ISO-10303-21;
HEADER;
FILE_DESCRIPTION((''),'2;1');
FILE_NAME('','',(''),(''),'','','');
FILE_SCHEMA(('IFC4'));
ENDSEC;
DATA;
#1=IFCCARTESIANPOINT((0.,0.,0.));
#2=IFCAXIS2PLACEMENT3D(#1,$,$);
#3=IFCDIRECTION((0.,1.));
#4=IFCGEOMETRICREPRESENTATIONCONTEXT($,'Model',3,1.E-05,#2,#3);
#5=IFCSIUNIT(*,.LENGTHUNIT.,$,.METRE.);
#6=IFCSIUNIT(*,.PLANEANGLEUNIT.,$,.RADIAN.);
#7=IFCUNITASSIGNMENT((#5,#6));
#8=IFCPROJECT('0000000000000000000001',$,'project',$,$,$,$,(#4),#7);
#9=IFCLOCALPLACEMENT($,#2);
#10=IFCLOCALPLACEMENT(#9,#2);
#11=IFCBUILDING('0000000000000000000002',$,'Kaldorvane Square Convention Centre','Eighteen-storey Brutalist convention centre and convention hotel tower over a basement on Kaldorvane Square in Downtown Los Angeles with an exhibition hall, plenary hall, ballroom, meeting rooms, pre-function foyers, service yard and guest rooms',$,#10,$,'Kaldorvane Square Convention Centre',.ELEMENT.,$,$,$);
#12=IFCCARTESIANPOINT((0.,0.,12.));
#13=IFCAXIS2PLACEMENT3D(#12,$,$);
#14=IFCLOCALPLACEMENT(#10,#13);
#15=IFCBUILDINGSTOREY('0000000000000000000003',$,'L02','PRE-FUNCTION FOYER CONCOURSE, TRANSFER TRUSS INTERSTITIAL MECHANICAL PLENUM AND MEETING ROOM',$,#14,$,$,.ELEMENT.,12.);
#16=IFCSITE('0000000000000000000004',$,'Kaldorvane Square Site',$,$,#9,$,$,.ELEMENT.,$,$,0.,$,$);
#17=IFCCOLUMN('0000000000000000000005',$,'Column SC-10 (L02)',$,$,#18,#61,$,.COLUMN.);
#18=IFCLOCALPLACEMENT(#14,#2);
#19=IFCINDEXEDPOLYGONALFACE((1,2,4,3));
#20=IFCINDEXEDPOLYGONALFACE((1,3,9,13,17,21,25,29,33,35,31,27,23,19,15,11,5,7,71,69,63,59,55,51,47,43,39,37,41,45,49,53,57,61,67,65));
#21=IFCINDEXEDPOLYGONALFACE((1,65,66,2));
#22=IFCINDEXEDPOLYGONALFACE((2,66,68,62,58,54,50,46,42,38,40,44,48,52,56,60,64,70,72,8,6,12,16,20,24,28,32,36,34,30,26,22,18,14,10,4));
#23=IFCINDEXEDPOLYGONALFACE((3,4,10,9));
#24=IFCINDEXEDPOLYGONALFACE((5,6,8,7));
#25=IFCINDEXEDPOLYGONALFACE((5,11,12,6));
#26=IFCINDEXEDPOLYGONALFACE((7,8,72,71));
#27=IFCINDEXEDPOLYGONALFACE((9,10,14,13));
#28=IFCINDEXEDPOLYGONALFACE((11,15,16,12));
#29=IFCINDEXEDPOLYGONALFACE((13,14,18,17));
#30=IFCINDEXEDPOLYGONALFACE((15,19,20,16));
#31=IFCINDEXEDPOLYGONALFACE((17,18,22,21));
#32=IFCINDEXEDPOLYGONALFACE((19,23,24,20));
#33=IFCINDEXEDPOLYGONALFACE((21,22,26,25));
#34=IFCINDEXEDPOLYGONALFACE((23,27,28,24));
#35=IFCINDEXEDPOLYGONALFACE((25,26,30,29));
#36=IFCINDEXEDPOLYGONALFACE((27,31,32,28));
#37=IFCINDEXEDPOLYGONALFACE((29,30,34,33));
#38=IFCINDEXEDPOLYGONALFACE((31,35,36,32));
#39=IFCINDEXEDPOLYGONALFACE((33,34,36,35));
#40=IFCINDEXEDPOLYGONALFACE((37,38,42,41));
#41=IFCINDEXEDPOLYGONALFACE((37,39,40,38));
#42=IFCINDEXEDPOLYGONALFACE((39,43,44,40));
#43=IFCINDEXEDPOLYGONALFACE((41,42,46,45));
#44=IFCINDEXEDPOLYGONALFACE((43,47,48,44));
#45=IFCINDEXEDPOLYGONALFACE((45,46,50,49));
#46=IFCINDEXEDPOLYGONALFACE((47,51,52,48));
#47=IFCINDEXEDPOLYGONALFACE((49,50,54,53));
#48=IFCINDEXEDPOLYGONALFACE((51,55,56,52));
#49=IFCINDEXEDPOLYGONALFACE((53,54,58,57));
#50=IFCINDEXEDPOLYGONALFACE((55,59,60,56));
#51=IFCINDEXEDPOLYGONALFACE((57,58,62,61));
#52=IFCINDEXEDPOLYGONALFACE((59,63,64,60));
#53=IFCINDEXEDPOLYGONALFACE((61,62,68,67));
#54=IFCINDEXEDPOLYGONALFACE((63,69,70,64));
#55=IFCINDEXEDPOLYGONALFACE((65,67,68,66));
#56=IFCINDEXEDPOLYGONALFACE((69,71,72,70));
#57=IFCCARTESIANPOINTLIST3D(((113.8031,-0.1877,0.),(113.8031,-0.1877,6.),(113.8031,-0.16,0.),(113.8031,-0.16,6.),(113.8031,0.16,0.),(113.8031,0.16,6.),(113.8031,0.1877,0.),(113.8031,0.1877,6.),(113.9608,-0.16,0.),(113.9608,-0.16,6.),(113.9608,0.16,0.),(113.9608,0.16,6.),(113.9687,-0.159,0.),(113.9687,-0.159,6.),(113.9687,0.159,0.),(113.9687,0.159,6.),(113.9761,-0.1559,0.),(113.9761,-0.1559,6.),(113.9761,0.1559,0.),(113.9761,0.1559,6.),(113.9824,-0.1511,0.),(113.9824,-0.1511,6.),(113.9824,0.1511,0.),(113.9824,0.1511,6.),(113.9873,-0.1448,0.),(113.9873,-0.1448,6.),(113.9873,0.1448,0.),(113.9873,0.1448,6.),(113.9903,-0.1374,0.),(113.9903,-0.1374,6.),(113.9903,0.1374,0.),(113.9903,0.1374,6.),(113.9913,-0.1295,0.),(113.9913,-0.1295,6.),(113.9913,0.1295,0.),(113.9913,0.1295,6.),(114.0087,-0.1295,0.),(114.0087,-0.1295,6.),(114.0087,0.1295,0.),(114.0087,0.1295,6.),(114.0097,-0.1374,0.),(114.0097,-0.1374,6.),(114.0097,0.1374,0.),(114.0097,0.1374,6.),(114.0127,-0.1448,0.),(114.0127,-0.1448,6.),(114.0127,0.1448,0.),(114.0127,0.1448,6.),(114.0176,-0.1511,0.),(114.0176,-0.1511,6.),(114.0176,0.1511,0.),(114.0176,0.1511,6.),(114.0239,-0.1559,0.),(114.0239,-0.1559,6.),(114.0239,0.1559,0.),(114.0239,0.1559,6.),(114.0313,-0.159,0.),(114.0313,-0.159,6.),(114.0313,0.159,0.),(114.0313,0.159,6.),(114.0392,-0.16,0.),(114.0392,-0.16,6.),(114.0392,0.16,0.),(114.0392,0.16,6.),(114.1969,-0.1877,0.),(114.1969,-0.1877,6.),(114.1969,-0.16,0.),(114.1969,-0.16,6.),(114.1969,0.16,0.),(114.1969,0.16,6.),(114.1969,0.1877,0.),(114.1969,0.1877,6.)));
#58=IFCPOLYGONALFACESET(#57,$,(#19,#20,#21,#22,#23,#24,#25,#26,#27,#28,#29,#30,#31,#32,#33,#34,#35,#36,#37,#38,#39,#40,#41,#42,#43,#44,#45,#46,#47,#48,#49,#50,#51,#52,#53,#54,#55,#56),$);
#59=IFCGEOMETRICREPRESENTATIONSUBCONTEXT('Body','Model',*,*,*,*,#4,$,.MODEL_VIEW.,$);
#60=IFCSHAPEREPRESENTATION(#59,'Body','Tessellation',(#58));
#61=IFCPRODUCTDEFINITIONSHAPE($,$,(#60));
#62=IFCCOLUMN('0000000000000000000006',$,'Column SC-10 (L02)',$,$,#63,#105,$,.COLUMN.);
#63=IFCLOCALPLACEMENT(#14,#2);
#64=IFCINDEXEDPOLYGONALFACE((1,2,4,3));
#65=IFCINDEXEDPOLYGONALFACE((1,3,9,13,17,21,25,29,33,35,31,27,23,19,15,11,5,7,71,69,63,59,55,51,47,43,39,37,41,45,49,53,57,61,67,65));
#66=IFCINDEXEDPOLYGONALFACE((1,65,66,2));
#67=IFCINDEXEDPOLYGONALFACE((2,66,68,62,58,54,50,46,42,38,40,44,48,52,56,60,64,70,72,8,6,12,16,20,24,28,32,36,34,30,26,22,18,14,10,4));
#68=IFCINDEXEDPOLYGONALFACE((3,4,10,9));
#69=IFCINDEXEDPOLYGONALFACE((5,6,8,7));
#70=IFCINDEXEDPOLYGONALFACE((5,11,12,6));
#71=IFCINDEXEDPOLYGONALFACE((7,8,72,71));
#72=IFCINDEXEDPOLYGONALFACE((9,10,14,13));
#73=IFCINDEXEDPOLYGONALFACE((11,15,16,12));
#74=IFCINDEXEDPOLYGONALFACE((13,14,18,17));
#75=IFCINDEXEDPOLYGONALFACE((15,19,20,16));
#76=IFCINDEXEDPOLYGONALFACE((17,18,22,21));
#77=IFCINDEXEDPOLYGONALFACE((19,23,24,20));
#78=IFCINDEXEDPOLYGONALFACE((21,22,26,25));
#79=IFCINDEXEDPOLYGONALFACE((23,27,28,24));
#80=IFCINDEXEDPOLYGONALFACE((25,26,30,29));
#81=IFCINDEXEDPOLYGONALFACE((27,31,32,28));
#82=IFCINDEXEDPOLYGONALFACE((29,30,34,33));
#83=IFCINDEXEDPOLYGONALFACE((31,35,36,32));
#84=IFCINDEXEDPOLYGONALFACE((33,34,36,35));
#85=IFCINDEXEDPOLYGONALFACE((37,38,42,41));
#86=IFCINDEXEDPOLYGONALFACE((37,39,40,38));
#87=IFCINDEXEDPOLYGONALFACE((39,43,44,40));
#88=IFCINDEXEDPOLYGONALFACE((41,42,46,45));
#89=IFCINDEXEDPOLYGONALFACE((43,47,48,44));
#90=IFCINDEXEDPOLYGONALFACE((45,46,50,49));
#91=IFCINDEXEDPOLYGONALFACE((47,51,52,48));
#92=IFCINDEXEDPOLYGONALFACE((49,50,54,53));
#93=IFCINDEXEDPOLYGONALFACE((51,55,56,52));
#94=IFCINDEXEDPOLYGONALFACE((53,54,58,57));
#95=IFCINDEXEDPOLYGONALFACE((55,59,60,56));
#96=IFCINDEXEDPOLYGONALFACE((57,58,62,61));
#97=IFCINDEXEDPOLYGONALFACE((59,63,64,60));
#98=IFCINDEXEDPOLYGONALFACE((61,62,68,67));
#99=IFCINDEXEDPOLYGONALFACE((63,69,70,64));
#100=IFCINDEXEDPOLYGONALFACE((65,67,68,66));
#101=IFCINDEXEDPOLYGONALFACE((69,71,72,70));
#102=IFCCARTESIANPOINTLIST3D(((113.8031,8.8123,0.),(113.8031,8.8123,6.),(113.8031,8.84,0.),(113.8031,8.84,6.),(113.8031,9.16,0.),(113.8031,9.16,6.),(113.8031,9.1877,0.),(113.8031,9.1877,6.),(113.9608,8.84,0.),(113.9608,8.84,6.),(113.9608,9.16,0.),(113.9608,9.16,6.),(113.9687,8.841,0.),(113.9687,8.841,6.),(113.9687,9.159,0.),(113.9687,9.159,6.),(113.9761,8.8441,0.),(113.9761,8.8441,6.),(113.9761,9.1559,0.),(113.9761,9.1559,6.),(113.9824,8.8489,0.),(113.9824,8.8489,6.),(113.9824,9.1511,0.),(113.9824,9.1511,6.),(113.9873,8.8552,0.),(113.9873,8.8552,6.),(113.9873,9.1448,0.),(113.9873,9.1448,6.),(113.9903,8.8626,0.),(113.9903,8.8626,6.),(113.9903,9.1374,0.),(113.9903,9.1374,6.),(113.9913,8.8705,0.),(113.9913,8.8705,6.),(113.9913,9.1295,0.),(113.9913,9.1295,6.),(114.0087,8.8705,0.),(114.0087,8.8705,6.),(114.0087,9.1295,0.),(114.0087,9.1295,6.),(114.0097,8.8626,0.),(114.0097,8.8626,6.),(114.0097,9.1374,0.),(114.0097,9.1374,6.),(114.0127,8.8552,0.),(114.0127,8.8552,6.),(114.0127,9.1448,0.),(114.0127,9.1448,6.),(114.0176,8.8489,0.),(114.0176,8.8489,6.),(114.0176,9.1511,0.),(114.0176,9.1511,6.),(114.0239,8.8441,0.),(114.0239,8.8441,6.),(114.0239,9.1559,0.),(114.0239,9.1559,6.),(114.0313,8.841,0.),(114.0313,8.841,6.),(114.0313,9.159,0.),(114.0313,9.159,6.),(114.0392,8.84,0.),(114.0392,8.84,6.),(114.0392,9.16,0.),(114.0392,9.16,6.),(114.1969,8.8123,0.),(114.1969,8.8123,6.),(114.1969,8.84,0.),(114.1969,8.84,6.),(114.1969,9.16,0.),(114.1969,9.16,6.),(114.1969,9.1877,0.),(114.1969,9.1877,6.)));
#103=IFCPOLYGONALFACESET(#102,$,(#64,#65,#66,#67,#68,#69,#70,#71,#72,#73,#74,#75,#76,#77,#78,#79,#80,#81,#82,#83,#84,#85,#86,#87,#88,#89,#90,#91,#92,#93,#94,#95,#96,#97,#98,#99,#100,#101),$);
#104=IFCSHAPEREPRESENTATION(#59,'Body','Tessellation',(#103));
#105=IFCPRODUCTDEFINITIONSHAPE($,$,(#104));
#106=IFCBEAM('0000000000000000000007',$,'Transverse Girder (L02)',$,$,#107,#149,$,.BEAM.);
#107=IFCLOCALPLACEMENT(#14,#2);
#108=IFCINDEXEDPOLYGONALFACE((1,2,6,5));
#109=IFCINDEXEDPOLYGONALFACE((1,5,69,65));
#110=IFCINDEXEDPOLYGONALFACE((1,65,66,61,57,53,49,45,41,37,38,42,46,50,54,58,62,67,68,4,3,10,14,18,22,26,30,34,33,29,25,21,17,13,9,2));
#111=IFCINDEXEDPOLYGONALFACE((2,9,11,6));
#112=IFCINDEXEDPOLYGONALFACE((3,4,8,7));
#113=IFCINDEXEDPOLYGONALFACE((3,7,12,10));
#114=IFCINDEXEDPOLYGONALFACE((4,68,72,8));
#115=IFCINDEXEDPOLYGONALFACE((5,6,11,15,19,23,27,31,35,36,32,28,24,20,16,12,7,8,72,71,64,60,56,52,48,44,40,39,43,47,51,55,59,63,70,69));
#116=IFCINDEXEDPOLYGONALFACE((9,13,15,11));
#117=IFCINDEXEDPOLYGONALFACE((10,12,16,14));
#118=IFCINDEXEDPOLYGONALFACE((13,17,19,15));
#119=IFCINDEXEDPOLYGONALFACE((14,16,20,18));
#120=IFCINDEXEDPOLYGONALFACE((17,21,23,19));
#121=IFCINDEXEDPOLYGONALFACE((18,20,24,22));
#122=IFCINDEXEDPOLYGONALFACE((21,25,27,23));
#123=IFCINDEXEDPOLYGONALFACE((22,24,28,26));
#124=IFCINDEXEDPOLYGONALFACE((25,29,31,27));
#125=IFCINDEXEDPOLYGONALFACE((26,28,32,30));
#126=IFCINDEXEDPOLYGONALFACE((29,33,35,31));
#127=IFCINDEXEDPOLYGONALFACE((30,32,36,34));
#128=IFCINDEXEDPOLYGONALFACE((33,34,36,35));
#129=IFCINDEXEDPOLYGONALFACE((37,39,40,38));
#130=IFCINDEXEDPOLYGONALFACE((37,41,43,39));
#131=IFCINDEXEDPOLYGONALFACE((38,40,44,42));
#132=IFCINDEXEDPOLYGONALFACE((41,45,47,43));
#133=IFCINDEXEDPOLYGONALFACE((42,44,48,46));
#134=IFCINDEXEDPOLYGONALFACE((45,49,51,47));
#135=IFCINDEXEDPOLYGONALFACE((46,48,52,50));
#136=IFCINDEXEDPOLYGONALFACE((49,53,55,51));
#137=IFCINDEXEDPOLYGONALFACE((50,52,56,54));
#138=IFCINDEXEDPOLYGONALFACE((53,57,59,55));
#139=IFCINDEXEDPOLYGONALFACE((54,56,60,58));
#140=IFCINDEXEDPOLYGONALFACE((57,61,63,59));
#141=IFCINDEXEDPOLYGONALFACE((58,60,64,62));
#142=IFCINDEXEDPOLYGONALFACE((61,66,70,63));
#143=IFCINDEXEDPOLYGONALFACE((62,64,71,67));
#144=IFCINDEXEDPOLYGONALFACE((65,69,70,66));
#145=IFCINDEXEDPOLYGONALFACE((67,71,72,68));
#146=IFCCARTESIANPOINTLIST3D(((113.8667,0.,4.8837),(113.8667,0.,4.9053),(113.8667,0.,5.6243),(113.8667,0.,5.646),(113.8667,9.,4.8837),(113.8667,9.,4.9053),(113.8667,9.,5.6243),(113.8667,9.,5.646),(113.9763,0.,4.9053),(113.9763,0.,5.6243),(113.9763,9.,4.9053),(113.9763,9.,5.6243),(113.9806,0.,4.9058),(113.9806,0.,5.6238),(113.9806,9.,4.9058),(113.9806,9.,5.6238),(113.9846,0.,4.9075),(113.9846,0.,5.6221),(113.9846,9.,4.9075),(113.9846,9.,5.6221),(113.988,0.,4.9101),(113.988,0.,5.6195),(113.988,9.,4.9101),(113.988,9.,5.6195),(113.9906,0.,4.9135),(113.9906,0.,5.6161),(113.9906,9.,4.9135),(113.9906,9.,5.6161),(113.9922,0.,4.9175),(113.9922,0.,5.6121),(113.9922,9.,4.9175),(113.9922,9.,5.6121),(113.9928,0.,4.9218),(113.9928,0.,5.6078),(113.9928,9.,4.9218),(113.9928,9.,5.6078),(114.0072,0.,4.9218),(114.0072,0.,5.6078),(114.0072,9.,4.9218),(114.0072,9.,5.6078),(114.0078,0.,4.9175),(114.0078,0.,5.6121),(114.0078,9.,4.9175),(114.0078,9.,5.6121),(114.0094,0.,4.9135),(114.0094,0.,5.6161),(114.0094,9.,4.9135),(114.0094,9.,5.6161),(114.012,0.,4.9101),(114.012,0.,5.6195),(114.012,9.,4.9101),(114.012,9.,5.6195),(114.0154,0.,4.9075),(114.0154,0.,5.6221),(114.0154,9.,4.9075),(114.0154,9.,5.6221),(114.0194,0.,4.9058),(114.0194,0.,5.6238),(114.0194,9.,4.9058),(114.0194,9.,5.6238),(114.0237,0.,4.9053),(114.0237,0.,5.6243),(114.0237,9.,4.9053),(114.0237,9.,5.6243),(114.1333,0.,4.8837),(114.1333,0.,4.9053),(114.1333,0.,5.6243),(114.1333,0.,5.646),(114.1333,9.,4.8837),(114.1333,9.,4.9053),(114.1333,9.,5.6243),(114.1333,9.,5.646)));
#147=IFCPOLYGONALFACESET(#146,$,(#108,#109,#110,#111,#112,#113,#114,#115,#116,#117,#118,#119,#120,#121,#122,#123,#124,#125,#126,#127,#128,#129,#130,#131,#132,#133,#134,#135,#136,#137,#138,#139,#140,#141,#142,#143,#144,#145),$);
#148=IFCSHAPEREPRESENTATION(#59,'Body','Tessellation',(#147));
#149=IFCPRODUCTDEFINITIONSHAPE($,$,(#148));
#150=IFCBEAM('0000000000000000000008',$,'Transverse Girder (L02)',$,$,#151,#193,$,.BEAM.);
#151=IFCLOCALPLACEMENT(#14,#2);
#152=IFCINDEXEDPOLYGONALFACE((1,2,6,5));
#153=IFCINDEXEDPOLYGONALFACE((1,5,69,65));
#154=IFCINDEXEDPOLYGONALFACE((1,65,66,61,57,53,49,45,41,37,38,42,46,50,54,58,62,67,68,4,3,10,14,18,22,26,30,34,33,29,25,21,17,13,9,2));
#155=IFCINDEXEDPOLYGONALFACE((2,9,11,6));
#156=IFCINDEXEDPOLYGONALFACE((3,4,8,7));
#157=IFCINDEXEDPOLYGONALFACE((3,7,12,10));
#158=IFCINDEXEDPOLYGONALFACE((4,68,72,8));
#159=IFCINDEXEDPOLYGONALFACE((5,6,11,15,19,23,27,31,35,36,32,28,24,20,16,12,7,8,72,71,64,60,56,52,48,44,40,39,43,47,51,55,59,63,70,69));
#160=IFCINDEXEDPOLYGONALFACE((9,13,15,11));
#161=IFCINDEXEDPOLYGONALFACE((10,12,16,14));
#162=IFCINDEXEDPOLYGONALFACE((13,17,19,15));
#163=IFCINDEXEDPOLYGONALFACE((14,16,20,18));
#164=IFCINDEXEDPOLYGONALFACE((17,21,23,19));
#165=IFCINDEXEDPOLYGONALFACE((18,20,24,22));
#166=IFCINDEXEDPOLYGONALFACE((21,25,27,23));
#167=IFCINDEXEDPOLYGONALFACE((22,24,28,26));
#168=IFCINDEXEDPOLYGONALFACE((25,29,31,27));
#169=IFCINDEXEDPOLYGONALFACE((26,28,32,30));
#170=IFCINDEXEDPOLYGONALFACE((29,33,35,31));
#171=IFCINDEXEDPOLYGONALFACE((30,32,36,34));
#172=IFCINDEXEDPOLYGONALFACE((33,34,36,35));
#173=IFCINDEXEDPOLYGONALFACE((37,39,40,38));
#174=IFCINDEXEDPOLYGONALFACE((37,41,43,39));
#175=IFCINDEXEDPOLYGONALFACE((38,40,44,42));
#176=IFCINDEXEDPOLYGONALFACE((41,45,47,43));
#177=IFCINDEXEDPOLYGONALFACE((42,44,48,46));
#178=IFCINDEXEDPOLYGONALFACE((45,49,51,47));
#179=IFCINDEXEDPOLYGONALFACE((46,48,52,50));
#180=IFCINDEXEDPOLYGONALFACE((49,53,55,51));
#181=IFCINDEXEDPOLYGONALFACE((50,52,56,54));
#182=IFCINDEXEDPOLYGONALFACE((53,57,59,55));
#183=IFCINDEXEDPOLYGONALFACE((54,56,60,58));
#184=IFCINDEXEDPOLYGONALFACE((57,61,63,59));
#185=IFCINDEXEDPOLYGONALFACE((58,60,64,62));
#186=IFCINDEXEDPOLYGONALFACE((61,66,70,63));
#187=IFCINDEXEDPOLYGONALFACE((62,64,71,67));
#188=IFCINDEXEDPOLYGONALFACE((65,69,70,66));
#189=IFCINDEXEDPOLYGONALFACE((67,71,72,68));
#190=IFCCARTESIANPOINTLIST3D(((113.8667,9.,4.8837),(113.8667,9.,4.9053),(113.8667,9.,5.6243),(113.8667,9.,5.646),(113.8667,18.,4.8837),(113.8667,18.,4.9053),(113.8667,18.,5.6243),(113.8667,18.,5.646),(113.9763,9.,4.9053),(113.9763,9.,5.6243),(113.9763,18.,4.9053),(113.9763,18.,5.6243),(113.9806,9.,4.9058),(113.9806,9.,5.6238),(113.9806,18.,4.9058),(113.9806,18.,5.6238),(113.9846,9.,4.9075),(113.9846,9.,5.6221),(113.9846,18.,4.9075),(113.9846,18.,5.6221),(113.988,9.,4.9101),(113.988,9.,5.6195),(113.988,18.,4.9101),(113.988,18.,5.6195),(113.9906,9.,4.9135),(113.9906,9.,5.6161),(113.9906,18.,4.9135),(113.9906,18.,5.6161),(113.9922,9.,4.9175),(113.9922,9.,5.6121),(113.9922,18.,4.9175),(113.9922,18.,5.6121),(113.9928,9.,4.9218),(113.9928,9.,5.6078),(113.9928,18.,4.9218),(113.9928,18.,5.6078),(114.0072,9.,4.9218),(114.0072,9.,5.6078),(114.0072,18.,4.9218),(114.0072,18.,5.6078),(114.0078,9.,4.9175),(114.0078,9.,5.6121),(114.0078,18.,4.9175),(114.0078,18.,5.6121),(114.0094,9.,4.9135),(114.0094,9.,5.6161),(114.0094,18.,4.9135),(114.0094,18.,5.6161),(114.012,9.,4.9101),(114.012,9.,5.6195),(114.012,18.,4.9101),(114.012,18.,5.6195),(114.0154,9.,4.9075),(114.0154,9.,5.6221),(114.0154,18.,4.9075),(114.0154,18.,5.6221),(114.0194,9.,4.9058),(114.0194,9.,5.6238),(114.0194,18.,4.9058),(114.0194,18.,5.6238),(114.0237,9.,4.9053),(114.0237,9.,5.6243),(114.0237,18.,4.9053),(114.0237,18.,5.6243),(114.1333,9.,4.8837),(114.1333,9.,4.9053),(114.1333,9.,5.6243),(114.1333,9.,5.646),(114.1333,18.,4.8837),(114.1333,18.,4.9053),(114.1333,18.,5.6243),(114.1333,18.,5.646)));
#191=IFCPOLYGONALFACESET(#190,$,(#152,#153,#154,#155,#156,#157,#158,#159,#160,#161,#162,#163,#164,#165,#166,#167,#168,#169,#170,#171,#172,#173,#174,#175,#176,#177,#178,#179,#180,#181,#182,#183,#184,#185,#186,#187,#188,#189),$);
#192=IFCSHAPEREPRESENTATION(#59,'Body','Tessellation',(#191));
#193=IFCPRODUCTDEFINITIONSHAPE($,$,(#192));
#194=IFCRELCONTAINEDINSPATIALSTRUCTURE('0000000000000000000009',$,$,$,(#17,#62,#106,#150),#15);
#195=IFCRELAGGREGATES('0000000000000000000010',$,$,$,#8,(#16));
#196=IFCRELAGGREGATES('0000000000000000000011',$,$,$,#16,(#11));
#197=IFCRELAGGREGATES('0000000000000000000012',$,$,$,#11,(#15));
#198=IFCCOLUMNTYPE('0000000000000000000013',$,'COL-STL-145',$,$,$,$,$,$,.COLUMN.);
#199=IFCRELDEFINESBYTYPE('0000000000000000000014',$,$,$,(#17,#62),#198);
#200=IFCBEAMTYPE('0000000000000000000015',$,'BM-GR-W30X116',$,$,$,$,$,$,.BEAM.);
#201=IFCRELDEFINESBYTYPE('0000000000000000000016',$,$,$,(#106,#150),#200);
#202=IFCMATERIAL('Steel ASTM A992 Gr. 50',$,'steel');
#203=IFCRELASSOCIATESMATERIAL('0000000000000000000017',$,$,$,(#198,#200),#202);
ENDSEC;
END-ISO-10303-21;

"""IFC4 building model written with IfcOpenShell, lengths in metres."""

from ifc_helpers import new_model, si_unit, direction, frame, origin, origin_2d, place, context, subcontext, project, spatial, i_section, extrude, material, material_profile, profile_set, type_object, element, save


model = new_model("IFC4")

# Units and contexts
model_context = context("Model", 3, precision=1e-05, world=origin(), true_north=direction((0.0, 1.0)))
body_context = subcontext(model_context, "Body", "Model", "MODEL_VIEW")
ifc_project = project(units=[si_unit("LENGTHUNIT", "METRE"), si_unit("PLANEANGLEUNIT", "RADIAN")], contexts=[model_context])

# Site, building, storey
site_placement = place(None, origin())
site = spatial("IfcSite", under=ifc_project, at=site_placement, Name="Kaldorvane Square Site", CompositionType="ELEMENT", RefElevation=0.0)
building_placement = place(site_placement, origin())
building = spatial("IfcBuilding", under=site, at=building_placement, Name="Kaldorvane Square Convention Centre", Description="Eighteen-storey Brutalist convention centre and convention hotel tower over a basement on Kaldorvane Square in Downtown Los Angeles with an exhibition hall, plenary hall, ballroom, meeting rooms, pre-function foyers, service yard and guest rooms", LongName="Kaldorvane Square Convention Centre", CompositionType="ELEMENT")
storey_placement = place(building_placement, frame((0.0, 0.0, 12.0)))
storey = spatial("IfcBuildingStorey", under=building, at=storey_placement, Name="L02", Description="PRE-FUNCTION FOYER CONCOURSE, TRANSFER TRUSS INTERSTITIAL MECHANICAL PLENUM AND MEETING ROOM", CompositionType="ELEMENT", Elevation=12.0)

# Columns
ifc_material_1 = material(Name="Steel ASTM A992 Gr. 50", Category="steel")
ifc_material_profile_1 = material_profile(ifc_material_1, i_section(OverallWidth=0.3937, OverallDepth=0.3754, WebThickness=0.0173, FlangeThickness=0.0277, FilletRadius=0.0305, at=origin_2d()), Name="W14X145")
ifc_profile_set_1 = profile_set([ifc_material_profile_1], Name="Steel ASTM A992 Gr. 50")
column_type = type_object("IfcColumnType", Name="COL-STL-145", PredefinedType="COLUMN", material=ifc_profile_set_1)
for number, where, z_axis, x_axis, name in (
    (1, (114.0, 0.0, 0.0), (0.0, 0.0, 1.0), (1.0, 0.0, 0.0), "Column SC-10 (L02)"),
    (2, (114.0, 9.0, 0.0), (0.0, 0.0, 1.0), (1.0, 0.0, 0.0), "Column SC-10 (L02)"),
):
    element("IfcColumn", number, at=place(storey_placement, frame(where, z_axis=z_axis, x_axis=x_axis)), inside=storey, type_object=column_type, Name=name, PredefinedType="COLUMN", context=body_context, shape_type="SweptSolid", body=[
        extrude(i_section(OverallWidth=0.3937, OverallDepth=0.3754, WebThickness=0.0173, FlangeThickness=0.0277, FilletRadius=0.0305, at=origin_2d()), origin(), (0.0, 0.0, 1.0), 6.0),
    ])

# Beams
ifc_material_profile_2 = material_profile(ifc_material_1, i_section(OverallWidth=0.2666, OverallDepth=0.7623, WebThickness=0.0144, FlangeThickness=0.0216, FilletRadius=0.0165, at=origin_2d()), Name="W30X116")
ifc_profile_set_2 = profile_set([ifc_material_profile_2], Name="Steel ASTM A992 Gr. 50")
beam_type_1 = type_object("IfcBeamType", Name="BM-GR-W30X116", PredefinedType="BEAM", material=ifc_profile_set_2)
for number, where, z_axis, x_axis, name in (
    (3, (114.0, 0.0, 5.2648), (0.0, 1.0, 0.0), (-1.0, 0.0, 0.0), "Transverse Girder (L02)"),
    (4, (114.0, 9.0, 5.2648), (0.0, 1.0, 0.0), (-1.0, 0.0, 0.0), "Transverse Girder (L02)"),
):
    element("IfcBeam", number, at=place(storey_placement, frame(where, z_axis=z_axis, x_axis=x_axis)), inside=storey, type_object=beam_type_1, Name=name, PredefinedType="BEAM", context=body_context, shape_type="SweptSolid", body=[
        extrude(i_section(OverallWidth=0.2666, OverallDepth=0.7623, WebThickness=0.0144, FlangeThickness=0.0216, FilletRadius=0.0165, at=origin_2d()), origin(), (0.0, 0.0, 1.0), 9.0),
    ])

save(model, "model.ifc")
